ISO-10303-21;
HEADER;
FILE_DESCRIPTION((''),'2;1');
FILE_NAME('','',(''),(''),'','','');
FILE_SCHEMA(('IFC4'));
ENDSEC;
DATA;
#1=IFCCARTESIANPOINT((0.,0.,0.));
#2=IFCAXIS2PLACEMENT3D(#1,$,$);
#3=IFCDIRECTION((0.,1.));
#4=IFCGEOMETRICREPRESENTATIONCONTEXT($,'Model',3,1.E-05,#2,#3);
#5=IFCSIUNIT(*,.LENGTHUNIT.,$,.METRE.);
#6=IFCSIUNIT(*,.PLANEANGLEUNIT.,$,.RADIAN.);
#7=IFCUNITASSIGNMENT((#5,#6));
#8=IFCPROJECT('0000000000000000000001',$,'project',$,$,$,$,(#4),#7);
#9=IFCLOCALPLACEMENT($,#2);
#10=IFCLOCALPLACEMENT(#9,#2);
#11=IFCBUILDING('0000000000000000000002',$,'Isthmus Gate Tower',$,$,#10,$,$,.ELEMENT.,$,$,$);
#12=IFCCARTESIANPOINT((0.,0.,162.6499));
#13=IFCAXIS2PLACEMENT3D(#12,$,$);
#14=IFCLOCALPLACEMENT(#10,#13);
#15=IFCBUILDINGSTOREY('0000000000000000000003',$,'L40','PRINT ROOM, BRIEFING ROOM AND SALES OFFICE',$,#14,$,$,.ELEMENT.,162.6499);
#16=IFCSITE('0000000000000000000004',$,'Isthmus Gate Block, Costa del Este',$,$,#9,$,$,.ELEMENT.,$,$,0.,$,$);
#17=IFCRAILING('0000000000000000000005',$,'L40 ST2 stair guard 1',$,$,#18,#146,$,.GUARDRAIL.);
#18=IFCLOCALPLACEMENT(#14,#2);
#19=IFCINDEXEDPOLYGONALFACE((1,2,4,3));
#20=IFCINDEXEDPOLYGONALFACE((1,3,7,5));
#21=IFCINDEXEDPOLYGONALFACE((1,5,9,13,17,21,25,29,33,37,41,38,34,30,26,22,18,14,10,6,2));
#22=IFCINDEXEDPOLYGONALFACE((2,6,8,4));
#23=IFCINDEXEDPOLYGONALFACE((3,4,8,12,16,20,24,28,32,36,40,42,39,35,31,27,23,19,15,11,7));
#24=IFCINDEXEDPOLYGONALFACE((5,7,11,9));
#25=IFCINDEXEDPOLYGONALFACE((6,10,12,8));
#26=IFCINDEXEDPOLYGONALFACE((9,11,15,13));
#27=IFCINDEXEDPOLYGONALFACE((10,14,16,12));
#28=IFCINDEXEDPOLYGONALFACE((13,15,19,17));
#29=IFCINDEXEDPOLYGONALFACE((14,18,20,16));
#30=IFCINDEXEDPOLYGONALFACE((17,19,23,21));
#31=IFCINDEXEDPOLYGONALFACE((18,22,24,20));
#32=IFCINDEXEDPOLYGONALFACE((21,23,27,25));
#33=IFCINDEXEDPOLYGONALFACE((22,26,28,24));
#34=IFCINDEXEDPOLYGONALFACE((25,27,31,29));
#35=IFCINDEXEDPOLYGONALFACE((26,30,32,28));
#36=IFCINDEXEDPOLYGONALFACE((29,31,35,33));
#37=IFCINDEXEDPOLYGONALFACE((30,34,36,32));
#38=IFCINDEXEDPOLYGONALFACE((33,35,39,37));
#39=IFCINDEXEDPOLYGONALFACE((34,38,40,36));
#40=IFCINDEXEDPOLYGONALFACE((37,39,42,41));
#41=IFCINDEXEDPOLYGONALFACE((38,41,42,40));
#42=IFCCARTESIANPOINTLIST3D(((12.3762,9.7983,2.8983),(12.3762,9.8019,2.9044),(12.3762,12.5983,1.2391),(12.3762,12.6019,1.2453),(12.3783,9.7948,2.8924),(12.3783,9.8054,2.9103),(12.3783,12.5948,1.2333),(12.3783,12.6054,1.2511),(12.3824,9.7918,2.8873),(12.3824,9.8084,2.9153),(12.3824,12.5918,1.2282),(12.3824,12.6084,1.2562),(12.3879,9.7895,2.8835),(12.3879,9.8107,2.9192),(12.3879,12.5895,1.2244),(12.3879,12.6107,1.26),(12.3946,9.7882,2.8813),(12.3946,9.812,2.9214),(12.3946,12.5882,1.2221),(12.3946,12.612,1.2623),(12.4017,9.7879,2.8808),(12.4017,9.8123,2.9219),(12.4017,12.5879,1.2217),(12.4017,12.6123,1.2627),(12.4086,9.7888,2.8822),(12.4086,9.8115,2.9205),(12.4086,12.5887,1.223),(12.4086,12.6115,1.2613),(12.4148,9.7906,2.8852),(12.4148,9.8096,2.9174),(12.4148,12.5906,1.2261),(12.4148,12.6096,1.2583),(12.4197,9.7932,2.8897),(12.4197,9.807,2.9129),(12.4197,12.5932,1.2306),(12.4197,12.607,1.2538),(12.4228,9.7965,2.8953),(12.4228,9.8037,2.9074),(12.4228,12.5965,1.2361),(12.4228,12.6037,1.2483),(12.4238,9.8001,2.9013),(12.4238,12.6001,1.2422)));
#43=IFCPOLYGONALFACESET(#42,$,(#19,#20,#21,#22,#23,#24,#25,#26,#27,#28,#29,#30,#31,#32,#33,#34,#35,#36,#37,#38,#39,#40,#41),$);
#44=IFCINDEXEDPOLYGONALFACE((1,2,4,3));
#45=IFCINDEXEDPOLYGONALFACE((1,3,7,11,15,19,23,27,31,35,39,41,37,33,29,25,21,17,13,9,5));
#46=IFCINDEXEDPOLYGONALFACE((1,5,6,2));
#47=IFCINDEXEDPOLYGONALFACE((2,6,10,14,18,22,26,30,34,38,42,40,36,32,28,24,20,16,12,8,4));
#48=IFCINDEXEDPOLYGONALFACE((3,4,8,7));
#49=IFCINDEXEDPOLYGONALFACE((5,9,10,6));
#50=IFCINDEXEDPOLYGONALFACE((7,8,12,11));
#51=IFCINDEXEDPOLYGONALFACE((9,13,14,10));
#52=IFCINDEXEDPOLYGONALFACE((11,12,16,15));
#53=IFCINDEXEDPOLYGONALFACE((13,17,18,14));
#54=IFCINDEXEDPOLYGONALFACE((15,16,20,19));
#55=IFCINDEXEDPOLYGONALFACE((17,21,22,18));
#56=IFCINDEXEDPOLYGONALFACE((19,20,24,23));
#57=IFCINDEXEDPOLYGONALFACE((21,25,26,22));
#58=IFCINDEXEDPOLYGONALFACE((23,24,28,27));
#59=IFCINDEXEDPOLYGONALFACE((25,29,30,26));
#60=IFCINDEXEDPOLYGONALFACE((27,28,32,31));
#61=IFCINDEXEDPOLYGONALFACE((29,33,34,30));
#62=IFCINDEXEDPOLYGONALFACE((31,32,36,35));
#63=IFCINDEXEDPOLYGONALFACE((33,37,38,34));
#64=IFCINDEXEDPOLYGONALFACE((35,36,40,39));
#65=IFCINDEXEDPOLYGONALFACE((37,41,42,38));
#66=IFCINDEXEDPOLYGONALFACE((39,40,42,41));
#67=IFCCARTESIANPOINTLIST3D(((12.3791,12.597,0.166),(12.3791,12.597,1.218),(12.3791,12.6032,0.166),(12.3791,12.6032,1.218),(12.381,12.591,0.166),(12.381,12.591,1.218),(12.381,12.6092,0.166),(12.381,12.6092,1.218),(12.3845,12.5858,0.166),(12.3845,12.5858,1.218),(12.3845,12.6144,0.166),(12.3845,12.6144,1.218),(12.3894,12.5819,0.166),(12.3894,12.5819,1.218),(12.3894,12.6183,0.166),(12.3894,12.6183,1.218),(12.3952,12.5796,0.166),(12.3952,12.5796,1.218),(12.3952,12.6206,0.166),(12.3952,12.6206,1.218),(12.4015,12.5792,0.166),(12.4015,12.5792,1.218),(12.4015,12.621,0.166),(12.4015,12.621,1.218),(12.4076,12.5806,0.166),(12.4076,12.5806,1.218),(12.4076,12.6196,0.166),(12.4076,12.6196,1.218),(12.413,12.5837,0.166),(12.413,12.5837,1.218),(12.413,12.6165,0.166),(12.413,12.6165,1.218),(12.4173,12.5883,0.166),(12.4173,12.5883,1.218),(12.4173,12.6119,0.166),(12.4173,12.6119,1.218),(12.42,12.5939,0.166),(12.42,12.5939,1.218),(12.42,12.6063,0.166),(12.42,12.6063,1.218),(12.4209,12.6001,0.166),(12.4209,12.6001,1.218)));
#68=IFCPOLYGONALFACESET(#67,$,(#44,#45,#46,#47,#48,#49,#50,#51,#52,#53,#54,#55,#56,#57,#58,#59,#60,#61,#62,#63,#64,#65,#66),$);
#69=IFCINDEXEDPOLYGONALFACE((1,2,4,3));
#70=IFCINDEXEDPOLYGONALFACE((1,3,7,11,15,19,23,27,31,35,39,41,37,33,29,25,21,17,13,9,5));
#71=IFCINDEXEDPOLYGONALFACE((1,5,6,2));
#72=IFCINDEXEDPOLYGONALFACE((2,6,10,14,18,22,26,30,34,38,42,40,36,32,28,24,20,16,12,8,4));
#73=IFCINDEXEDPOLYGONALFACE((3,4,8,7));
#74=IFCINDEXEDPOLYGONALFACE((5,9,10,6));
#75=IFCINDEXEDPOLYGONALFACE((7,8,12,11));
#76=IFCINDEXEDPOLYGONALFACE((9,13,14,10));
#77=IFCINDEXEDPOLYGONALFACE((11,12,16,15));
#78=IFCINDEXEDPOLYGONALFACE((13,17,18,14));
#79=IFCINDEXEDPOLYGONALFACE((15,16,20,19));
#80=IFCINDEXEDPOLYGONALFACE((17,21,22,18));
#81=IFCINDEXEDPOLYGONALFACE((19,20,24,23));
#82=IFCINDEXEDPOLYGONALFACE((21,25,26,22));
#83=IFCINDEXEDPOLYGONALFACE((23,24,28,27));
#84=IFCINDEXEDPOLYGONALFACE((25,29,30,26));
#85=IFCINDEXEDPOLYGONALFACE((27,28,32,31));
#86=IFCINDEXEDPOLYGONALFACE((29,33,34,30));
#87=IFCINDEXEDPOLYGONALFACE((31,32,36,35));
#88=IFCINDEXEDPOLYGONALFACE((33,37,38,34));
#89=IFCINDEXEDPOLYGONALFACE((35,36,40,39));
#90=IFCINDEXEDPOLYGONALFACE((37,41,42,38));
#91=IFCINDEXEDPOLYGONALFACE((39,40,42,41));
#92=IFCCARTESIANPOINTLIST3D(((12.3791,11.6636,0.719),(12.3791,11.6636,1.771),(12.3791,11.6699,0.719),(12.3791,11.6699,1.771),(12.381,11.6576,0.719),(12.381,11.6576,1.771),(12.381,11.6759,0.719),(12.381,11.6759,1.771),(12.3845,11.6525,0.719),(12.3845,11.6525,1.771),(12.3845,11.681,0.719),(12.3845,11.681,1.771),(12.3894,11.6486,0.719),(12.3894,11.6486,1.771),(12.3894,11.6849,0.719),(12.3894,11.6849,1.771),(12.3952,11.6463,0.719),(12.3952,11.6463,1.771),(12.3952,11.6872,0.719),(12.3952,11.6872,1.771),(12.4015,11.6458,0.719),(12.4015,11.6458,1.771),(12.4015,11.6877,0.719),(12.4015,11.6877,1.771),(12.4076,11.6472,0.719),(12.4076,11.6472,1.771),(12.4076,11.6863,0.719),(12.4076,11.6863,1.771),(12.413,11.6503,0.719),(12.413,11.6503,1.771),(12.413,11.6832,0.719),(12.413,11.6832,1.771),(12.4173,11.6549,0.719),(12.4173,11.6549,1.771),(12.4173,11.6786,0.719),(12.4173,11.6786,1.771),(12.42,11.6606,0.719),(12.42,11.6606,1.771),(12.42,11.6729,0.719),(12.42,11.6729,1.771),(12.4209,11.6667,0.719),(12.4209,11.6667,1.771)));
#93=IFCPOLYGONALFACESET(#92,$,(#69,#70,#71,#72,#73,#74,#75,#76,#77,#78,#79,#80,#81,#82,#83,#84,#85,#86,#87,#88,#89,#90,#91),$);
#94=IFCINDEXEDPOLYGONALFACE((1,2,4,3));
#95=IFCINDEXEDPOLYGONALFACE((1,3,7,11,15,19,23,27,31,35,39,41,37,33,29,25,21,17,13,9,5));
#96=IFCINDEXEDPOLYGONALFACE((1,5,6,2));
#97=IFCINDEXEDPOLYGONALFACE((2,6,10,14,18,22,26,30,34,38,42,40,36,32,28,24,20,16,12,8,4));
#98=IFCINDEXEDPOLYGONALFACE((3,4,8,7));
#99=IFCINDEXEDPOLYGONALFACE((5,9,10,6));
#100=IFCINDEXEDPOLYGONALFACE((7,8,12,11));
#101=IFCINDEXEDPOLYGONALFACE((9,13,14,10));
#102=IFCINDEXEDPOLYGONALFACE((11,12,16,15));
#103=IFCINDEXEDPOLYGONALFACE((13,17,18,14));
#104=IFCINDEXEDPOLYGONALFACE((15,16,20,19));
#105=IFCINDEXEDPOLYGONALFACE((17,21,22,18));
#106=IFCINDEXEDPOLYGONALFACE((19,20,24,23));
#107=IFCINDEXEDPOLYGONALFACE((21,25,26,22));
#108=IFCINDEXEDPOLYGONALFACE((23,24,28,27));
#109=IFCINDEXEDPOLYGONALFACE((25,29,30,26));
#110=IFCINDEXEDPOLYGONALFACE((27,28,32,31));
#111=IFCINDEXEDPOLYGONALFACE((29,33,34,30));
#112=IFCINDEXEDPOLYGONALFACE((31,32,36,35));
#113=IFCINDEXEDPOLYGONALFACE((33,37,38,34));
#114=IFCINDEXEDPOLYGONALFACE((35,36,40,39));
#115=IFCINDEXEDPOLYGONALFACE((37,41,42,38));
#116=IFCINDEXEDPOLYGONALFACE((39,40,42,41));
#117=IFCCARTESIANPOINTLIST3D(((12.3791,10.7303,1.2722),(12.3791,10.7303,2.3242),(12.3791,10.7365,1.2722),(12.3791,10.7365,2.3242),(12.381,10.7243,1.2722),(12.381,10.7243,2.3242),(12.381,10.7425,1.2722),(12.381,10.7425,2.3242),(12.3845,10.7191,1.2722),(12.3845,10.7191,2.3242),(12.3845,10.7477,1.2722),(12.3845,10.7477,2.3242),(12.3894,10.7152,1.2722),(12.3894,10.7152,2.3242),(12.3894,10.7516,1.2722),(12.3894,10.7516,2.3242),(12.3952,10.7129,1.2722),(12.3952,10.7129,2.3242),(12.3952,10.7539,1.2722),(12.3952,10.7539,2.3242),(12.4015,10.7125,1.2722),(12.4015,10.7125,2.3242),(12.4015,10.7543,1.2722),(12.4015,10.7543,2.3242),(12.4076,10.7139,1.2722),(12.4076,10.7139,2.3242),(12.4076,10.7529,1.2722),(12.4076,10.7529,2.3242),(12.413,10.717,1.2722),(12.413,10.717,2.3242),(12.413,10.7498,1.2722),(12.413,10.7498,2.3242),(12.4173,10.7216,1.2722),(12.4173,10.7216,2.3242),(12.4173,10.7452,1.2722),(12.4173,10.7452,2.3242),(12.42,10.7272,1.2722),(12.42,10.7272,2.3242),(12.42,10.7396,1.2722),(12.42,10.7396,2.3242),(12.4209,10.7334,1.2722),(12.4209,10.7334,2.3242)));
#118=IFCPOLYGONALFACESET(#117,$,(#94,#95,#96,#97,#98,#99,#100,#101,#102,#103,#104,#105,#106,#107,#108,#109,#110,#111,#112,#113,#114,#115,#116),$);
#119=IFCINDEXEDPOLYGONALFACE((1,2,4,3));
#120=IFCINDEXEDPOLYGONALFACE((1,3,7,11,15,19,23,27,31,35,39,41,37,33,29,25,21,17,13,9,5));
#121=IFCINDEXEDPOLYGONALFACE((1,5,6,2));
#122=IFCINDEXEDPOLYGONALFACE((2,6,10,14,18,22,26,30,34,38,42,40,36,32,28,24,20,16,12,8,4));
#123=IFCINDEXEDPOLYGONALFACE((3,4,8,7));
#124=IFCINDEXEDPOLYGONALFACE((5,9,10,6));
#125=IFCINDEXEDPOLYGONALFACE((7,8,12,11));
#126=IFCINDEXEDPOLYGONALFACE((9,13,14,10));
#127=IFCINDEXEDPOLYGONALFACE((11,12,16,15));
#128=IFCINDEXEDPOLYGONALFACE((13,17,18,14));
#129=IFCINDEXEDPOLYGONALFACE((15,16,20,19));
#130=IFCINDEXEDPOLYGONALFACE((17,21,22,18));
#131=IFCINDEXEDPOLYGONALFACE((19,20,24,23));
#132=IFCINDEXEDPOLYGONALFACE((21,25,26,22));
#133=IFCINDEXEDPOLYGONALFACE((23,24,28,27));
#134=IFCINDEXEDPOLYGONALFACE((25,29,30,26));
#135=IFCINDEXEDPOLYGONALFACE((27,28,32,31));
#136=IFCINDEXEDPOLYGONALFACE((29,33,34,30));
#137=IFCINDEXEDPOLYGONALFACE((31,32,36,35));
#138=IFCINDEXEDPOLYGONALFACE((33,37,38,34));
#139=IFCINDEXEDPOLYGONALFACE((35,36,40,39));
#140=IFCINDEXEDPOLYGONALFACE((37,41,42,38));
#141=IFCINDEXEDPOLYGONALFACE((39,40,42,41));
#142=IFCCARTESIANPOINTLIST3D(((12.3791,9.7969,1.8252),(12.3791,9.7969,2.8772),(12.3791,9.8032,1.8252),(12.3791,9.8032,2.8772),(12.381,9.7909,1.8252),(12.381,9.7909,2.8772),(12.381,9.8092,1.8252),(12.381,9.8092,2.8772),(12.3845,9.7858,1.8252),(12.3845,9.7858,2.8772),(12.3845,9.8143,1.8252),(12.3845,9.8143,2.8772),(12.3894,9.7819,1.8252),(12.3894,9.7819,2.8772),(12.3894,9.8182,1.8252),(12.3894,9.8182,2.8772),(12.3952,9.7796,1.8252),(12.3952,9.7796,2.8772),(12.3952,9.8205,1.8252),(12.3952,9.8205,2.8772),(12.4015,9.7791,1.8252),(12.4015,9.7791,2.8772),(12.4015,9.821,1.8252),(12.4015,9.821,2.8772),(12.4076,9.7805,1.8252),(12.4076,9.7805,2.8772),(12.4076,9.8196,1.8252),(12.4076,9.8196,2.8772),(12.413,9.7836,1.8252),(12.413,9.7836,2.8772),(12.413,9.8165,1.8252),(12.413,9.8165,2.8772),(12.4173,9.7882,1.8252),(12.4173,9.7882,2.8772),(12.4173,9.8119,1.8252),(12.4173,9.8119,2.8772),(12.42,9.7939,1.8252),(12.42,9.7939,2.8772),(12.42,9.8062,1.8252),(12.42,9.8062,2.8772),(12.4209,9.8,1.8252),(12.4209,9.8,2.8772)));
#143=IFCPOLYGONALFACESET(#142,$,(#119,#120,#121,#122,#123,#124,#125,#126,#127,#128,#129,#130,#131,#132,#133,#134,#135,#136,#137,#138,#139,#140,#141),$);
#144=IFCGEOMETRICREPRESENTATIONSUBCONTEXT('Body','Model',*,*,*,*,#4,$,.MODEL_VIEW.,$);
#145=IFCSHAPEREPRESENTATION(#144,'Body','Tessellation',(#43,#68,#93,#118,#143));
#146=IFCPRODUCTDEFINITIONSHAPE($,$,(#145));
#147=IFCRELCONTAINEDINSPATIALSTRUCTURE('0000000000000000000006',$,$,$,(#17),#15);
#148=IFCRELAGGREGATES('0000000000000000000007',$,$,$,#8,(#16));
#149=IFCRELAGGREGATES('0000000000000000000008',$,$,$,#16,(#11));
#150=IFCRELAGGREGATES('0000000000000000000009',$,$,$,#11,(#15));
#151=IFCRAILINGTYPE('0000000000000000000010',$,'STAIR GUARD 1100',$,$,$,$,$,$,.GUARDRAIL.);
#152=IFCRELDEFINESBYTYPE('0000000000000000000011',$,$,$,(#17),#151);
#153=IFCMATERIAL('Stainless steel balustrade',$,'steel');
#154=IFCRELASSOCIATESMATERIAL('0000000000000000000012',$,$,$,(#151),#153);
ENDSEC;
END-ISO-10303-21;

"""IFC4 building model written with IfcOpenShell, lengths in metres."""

from ifc_helpers import new_model, si_unit, direction, frame, origin, origin_2d, place, context, subcontext, project, spatial, circle, extrude, material, type_object, element, save


model = new_model("IFC4")

# Units and contexts
model_context = context("Model", 3, precision=1e-05, world=origin(), true_north=direction((0.0, 1.0)))
body_context = subcontext(model_context, "Body", "Model", "MODEL_VIEW")
ifc_project = project(units=[si_unit("LENGTHUNIT", "METRE"), si_unit("PLANEANGLEUNIT", "RADIAN")], contexts=[model_context])

# Site, building, storey
site_placement = place(None, origin())
site = spatial("IfcSite", under=ifc_project, at=site_placement, Name="Isthmus Gate Block, Costa del Este", CompositionType="ELEMENT", RefElevation=0.0)
building_placement = place(site_placement, origin())
building = spatial("IfcBuilding", under=site, at=building_placement, Name="Isthmus Gate Tower", CompositionType="ELEMENT")
storey_placement = place(building_placement, frame((0.0, 0.0, 162.6499)))
storey = spatial("IfcBuildingStorey", under=building, at=storey_placement, Name="L40", Description="PRINT ROOM, BRIEFING ROOM AND SALES OFFICE", CompositionType="ELEMENT", Elevation=162.6499)

# Railing
ifc_material_1 = material(Name="Stainless steel balustrade", Category="steel")
railing_type_1 = type_object("IfcRailingType", Name="STAIR GUARD 1100", PredefinedType="GUARDRAIL", material=ifc_material_1)
railing_1_placement = place(storey_placement, frame((12.3999, 12.6001, 0.166)))
element("IfcRailing", 1, at=railing_1_placement, inside=storey, type_object=railing_type_1, Name="L40 ST2 stair guard 1", PredefinedType="GUARDRAIL", context=body_context, shape_type="SweptSolid", body=[
    extrude(circle(Radius=0.0239, at=origin_2d()), frame((0.0, 0.0, 1.0762), z_axis=(0.0, -0.860306, 0.509778), x_axis=(1.0, 0.0, 0.0)), (0.0, 0.0, 1.0), 3.2546),
    extrude(circle(Radius=0.021, at=origin_2d()), origin(), (0.0, 0.0, 1.0), 1.052),
    extrude(circle(Radius=0.021, at=origin_2d()), frame((0.0, -0.9333, 0.553)), (0.0, 0.0, 1.0), 1.052),
    extrude(circle(Radius=0.021, at=origin_2d()), frame((0.0, -1.8667, 1.1062)), (0.0, 0.0, 1.0), 1.052),
    extrude(circle(Radius=0.021, at=origin_2d()), frame((0.0, -2.8, 1.6592)), (0.0, 0.0, 1.0), 1.052),
])

save(model, "model.ifc")
